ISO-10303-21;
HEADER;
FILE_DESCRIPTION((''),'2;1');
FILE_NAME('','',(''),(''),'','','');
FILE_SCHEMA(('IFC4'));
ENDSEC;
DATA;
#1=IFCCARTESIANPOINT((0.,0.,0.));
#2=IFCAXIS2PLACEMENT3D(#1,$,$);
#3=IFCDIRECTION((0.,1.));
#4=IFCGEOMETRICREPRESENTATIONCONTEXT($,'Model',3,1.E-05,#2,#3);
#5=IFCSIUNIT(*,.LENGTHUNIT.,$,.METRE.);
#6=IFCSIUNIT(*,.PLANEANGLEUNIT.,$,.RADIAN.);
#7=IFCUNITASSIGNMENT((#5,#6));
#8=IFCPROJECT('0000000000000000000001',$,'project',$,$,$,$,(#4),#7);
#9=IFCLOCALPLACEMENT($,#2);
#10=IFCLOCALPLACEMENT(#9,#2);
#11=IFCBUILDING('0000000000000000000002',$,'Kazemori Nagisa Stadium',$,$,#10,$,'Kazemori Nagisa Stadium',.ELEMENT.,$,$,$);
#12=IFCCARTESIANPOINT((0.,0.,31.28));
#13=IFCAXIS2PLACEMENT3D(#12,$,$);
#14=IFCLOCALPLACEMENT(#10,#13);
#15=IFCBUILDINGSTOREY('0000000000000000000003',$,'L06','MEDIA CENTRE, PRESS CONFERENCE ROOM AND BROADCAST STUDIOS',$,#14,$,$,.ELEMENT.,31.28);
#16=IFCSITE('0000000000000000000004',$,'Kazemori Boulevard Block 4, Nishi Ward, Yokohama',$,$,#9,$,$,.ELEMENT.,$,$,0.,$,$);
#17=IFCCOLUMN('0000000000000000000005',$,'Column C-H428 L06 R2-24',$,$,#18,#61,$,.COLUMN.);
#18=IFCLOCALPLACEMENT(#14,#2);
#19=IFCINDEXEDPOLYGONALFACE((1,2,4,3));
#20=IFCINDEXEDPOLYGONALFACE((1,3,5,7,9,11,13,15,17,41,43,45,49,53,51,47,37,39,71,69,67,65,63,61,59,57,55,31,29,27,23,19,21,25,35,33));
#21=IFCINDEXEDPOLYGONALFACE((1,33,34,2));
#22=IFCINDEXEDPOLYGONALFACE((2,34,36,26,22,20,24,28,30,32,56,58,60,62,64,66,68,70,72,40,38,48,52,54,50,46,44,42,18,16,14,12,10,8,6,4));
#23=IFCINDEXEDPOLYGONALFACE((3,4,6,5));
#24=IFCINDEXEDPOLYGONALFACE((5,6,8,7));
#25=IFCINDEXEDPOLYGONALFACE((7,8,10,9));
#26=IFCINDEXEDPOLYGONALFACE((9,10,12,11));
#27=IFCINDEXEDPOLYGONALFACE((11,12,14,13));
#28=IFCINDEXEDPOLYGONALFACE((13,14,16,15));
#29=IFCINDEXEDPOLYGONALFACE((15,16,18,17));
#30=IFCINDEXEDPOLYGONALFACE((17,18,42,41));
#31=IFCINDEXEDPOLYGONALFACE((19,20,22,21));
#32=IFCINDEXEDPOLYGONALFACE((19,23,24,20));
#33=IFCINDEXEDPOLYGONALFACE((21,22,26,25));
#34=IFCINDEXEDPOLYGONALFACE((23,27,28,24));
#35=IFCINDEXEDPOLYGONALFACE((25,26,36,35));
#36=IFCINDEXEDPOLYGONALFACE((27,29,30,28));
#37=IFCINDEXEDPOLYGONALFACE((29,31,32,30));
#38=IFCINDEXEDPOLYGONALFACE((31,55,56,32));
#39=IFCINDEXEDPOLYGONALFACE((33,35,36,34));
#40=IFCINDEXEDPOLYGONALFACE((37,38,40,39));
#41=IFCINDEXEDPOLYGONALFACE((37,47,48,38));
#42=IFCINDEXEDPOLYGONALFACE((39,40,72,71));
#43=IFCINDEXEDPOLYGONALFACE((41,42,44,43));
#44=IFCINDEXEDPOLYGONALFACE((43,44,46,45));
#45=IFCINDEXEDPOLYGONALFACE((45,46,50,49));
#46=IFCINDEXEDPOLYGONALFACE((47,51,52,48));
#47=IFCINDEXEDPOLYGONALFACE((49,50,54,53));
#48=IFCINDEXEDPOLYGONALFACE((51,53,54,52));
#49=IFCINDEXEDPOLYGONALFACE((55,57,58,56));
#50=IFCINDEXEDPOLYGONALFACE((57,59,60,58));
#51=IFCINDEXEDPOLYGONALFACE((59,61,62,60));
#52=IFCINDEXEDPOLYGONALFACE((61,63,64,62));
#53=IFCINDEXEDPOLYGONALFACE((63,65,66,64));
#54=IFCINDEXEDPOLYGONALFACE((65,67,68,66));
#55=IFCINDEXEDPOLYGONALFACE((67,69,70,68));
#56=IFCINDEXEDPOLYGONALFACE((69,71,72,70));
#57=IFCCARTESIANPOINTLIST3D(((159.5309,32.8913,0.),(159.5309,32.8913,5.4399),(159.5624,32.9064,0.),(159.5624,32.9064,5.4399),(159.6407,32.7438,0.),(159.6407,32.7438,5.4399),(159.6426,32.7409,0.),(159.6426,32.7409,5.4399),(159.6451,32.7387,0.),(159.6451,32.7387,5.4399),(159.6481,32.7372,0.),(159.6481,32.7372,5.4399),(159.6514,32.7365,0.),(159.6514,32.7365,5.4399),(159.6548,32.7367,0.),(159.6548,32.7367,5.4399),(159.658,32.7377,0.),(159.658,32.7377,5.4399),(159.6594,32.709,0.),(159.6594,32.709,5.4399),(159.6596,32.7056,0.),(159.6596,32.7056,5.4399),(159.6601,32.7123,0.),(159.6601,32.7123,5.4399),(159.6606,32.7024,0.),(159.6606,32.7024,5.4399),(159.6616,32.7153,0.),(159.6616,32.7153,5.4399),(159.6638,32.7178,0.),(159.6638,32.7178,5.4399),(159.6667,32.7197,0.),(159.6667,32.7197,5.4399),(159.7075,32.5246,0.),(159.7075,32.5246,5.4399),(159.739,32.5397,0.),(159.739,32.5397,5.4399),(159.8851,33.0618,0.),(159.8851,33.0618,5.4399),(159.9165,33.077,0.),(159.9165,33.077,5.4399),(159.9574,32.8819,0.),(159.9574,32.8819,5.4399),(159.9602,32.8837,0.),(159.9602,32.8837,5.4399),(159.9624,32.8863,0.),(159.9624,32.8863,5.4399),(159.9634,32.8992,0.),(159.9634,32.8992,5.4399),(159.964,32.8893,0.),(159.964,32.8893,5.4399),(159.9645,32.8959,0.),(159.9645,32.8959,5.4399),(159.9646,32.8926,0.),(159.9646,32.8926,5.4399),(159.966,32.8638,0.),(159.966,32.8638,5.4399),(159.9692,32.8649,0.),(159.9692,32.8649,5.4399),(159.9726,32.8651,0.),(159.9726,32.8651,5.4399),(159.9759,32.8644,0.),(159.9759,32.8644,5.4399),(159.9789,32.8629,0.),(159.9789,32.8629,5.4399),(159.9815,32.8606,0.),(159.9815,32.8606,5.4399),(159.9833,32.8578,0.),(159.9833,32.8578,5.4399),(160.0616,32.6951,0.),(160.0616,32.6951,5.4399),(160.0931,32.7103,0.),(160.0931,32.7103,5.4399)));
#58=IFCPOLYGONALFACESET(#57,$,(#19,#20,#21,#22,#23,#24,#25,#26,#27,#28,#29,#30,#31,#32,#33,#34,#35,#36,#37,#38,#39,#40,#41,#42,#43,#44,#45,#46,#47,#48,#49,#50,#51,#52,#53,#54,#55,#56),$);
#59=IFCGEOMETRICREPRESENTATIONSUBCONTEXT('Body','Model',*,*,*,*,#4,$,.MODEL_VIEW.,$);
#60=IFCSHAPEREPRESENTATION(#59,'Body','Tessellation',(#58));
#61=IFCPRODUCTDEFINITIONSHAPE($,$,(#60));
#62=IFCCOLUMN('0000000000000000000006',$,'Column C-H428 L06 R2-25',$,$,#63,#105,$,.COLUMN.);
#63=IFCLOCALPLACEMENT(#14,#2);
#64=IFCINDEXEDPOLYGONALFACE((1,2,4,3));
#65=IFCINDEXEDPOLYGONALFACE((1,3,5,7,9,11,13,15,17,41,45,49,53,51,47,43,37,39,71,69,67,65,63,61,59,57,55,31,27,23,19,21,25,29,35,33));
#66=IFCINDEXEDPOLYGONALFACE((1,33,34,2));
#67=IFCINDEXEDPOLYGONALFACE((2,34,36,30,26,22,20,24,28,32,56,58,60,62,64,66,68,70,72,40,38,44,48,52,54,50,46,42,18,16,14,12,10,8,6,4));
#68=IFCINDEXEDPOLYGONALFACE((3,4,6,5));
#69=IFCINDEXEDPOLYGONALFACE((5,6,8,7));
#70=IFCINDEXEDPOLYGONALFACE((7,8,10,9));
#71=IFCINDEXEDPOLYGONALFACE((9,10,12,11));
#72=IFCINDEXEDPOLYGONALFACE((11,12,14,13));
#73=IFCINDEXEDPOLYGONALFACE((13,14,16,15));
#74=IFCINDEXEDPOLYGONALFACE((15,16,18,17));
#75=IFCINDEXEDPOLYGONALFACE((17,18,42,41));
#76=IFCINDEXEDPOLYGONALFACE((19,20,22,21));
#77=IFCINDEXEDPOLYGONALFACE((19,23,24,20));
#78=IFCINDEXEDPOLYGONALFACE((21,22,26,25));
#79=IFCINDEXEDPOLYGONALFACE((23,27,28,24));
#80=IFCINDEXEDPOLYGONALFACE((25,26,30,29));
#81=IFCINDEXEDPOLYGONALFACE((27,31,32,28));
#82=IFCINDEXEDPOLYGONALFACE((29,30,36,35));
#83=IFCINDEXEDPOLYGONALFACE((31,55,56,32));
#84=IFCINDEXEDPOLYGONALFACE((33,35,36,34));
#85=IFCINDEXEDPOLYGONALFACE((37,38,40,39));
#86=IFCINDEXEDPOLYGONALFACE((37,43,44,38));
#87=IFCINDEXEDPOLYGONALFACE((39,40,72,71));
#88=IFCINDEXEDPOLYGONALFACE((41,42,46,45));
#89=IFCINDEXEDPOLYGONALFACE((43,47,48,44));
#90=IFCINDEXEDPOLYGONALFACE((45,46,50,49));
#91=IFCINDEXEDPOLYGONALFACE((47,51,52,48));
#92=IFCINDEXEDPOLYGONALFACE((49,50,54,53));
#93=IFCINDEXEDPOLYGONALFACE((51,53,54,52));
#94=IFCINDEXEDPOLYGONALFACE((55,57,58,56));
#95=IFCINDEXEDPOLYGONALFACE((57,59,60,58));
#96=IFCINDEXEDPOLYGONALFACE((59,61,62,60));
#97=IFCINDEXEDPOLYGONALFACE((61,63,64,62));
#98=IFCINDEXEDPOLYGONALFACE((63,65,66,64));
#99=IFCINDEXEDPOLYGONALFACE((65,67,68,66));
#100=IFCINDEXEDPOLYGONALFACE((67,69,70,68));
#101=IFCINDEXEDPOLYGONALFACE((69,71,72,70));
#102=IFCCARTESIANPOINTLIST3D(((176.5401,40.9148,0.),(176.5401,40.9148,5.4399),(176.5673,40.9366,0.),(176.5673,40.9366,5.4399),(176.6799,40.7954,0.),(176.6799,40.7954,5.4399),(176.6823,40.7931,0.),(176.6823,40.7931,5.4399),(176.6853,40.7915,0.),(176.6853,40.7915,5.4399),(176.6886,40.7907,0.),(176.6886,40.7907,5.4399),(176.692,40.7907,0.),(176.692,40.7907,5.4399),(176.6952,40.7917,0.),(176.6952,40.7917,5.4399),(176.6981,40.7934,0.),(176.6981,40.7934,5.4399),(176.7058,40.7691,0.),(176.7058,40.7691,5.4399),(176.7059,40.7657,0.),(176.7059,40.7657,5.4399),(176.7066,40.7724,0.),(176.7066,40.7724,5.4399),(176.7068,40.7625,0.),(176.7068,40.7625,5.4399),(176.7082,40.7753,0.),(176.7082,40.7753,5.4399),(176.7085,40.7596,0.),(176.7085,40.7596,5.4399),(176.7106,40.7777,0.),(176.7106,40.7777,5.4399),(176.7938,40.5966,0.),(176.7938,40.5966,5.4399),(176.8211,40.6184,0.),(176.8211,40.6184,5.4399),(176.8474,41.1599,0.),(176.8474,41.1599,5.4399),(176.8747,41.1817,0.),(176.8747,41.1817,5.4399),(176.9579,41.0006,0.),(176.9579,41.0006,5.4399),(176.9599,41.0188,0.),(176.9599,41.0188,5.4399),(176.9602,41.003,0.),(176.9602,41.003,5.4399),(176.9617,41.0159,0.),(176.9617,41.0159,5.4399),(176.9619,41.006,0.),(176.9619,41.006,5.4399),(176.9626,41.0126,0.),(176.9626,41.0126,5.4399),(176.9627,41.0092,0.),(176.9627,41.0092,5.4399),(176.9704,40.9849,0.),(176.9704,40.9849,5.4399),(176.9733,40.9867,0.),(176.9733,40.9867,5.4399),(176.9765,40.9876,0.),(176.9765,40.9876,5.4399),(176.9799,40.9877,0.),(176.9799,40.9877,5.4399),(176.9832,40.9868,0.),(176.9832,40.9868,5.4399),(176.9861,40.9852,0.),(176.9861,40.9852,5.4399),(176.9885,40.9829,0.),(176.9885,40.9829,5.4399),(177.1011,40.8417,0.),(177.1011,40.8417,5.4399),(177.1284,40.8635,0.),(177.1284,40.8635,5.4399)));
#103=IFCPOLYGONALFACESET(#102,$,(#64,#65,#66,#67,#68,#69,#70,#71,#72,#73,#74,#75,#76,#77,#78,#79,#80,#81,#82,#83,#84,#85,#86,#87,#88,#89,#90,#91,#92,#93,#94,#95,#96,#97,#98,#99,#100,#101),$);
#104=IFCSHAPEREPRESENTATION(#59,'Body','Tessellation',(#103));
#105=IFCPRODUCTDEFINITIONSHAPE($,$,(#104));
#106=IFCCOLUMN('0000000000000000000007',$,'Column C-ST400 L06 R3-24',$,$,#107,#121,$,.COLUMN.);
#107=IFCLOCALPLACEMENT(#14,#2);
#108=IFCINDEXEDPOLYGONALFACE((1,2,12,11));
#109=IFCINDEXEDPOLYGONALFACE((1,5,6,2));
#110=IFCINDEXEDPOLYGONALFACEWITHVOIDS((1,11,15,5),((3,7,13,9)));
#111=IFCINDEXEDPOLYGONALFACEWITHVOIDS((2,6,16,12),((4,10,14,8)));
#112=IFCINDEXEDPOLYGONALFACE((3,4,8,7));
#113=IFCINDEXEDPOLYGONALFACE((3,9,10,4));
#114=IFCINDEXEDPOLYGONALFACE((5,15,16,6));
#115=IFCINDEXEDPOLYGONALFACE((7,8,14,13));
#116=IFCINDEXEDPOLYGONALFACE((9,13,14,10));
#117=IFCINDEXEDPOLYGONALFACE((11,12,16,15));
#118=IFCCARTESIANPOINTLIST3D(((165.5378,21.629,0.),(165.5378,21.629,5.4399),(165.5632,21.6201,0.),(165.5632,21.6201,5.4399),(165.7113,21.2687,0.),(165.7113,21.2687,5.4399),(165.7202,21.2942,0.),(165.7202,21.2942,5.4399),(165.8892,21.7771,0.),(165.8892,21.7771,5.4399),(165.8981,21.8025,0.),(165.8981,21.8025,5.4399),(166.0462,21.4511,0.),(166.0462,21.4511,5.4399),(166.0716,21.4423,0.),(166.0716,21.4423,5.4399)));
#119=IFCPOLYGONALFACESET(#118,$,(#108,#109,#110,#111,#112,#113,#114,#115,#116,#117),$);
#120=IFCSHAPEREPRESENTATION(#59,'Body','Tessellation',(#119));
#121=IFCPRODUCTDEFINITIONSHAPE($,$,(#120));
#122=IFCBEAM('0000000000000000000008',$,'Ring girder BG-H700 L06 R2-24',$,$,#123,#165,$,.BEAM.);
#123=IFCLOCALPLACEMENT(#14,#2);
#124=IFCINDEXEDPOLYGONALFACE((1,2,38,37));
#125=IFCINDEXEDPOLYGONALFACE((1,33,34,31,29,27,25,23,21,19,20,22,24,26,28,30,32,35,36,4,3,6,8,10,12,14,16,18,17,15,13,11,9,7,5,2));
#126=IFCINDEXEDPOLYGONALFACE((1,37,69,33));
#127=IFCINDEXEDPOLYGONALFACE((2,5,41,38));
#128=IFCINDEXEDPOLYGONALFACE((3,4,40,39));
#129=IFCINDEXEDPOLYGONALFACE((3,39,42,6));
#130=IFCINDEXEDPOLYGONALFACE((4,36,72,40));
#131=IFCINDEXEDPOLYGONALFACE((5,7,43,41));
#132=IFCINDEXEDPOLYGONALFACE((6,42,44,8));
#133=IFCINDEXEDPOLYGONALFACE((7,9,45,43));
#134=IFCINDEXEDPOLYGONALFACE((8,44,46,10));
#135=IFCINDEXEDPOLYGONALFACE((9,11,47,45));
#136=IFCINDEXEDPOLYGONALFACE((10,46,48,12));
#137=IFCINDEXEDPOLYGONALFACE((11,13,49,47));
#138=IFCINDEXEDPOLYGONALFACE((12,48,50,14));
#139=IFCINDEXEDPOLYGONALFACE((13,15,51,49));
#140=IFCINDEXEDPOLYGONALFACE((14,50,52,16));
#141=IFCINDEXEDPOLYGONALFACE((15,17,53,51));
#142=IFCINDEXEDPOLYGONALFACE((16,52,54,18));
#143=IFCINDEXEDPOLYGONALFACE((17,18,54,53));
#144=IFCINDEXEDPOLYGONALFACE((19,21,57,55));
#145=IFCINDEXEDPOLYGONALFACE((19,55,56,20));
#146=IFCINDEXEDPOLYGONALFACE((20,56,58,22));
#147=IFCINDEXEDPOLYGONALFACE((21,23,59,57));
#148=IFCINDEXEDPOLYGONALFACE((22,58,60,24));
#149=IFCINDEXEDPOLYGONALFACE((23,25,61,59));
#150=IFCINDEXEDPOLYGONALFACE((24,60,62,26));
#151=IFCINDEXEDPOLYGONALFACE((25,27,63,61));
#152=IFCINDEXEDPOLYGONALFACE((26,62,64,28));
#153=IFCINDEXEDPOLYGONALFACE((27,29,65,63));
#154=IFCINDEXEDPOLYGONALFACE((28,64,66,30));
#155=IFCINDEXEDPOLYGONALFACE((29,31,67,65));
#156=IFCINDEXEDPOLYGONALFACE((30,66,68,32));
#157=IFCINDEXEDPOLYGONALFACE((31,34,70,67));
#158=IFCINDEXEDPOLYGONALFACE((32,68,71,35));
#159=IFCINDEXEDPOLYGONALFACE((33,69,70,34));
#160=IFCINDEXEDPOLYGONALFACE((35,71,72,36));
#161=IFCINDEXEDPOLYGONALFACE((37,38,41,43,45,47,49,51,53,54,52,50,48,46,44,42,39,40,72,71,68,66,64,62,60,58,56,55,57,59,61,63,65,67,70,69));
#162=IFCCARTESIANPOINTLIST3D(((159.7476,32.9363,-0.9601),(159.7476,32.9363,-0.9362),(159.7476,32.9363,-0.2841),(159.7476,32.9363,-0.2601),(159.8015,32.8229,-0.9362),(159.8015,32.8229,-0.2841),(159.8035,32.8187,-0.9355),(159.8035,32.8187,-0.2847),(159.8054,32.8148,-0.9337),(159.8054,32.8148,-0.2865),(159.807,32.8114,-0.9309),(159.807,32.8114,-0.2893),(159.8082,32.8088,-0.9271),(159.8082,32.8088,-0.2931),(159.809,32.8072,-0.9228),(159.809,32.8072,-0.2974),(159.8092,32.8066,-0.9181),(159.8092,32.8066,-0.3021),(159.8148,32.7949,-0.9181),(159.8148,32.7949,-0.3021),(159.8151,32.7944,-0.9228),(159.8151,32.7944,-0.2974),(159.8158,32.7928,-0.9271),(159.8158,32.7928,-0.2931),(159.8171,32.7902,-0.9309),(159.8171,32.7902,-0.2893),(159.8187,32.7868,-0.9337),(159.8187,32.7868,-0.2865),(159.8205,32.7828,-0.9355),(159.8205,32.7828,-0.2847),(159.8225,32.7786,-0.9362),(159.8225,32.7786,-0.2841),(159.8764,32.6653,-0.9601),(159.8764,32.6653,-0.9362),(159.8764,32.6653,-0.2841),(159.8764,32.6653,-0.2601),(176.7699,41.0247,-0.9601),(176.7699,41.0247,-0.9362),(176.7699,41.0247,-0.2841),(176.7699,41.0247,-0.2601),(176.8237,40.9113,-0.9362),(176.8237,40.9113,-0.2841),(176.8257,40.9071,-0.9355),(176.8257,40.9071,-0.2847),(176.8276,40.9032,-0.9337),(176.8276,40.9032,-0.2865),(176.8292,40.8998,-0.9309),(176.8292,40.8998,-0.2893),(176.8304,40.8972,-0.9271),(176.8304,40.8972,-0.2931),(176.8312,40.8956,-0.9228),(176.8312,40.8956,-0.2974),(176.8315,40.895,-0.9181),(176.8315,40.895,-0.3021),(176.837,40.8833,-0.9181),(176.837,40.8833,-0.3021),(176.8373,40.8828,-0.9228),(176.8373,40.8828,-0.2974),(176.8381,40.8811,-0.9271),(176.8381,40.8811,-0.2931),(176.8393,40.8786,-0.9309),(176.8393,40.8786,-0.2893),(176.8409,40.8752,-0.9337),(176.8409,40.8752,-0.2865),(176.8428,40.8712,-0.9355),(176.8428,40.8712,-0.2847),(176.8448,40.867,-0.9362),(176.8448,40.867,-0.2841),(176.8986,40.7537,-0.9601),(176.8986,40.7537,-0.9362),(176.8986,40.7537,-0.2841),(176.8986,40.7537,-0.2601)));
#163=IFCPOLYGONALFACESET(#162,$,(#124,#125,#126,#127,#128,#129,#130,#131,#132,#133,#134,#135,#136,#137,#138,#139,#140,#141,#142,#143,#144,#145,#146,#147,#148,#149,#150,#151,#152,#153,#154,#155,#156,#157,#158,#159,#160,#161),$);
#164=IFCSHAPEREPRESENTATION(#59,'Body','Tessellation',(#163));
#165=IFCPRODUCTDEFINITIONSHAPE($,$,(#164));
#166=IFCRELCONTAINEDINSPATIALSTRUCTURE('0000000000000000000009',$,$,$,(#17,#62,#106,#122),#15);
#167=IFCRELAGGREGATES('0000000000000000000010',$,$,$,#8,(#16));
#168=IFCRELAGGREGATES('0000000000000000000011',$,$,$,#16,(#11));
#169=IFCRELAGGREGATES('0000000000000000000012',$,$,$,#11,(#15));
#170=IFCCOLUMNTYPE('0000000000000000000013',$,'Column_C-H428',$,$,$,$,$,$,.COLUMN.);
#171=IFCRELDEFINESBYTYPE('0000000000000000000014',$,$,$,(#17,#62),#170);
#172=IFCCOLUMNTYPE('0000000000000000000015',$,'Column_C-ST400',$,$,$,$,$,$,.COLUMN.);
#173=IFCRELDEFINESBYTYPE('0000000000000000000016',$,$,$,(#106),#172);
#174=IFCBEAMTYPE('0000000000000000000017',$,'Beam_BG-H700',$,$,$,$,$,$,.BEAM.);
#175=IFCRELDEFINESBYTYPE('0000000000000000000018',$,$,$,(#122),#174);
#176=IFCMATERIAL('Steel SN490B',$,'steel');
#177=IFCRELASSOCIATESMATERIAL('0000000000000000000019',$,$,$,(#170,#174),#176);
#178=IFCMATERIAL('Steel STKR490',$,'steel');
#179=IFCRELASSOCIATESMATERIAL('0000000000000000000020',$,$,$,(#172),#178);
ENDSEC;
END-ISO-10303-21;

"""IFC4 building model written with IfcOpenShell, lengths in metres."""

from ifc_helpers import new_model, si_unit, direction, frame, origin, origin_2d, place, context, subcontext, project, spatial, hollow_rectangle, i_section, extrude, material, material_profile, profile_set, type_object, element, save


model = new_model("IFC4")

# Units and contexts
model_context = context("Model", 3, precision=1e-05, world=origin(), true_north=direction((0.0, 1.0)))
body_context = subcontext(model_context, "Body", "Model", "MODEL_VIEW")
ifc_project = project(units=[si_unit("LENGTHUNIT", "METRE"), si_unit("PLANEANGLEUNIT", "RADIAN")], contexts=[model_context])

# Site, building, storey
site_placement = place(None, origin())
site = spatial("IfcSite", under=ifc_project, at=site_placement, Name="Kazemori Boulevard Block 4, Nishi Ward, Yokohama", CompositionType="ELEMENT", RefElevation=0.0)
building_placement = place(site_placement, origin())
building = spatial("IfcBuilding", under=site, at=building_placement, Name="Kazemori Nagisa Stadium", LongName="Kazemori Nagisa Stadium", CompositionType="ELEMENT")
storey_placement = place(building_placement, frame((0.0, 0.0, 31.28)))
storey = spatial("IfcBuildingStorey", under=building, at=storey_placement, Name="L06", Description="MEDIA CENTRE, PRESS CONFERENCE ROOM AND BROADCAST STUDIOS", CompositionType="ELEMENT", Elevation=31.28)

# Columns
ifc_material_1 = material(Name="Steel SN490B", Category="steel")
ifc_material_profile_1 = material_profile(ifc_material_1, i_section(OverallWidth=0.407, OverallDepth=0.428, WebThickness=0.02, FlangeThickness=0.0349, FilletRadius=0.0129, at=origin_2d()), Name="H-428x407x20x35")
ifc_profile_set_1 = profile_set([ifc_material_profile_1], Name="Steel SN490B")
column_type_1 = type_object("IfcColumnType", Name="Column_C-H428", PredefinedType="COLUMN", material=ifc_profile_set_1)
for number, where, z_axis, x_axis, name in (
    (1, (159.812, 32.8008, 0.0), (0.0, 0.0, 1.0), (0.433884, -0.900969, 0.0), "Column C-H428 L06 R2-24"),
    (2, (176.8342, 40.8892, 0.0), (0.0, 0.0, 1.0), (0.62349, -0.781831, 0.0), "Column C-H428 L06 R2-25"),
):
    element("IfcColumn", number, at=place(storey_placement, frame(where, z_axis=z_axis, x_axis=x_axis)), inside=storey, type_object=column_type_1, Name=name, PredefinedType="COLUMN", context=body_context, shape_type="SweptSolid", body=[
        extrude(i_section(OverallWidth=0.407, OverallDepth=0.428, WebThickness=0.02, FlangeThickness=0.0349, FilletRadius=0.0129, at=origin_2d()), origin(), (0.0, 0.0, 1.0), 5.4399),
    ])
ifc_material_2 = material(Name="Steel STKR490", Category="steel")
ifc_material_profile_2 = material_profile(ifc_material_2, hollow_rectangle(XDim=0.3999, YDim=0.3999, WallThickness=0.019, at=origin_2d()), Name="SHS-400x400x19")
ifc_profile_set_2 = profile_set([ifc_material_profile_2], Name="Steel STKR490")
column_type_2 = type_object("IfcColumnType", Name="Column_C-ST400", PredefinedType="COLUMN", material=ifc_profile_set_2)
column_placement = place(storey_placement, frame((165.8047, 21.5356, 0.0), z_axis=(0.0, 0.0, 1.0), x_axis=(0.433884, -0.900969, 0.0)))
element("IfcColumn", 3, at=column_placement, inside=storey, type_object=column_type_2, Name="Column C-ST400 L06 R3-24", PredefinedType="COLUMN", context=body_context, shape_type="SweptSolid", body=[
    extrude(hollow_rectangle(XDim=0.3999, YDim=0.3999, WallThickness=0.019, at=origin_2d()), origin(), (0.0, 0.0, 1.0), 5.4399),
])

# Beam
ifc_material_profile_3 = material_profile(ifc_material_1, i_section(OverallWidth=0.3, OverallDepth=0.7, WebThickness=0.0129, FlangeThickness=0.0239, FilletRadius=0.0181, at=origin_2d()), Name="H-700x300x13x24")
ifc_profile_set_3 = profile_set([ifc_material_profile_3], Name="Steel SN490B")
beam_type_1 = type_object("IfcBeamType", Name="Beam_BG-H700", PredefinedType="BEAM", material=ifc_profile_set_3)
beam_1_placement = place(storey_placement, frame((159.812, 32.8008, -0.6101), z_axis=(0.903219, 0.429179, 0.0), x_axis=(-0.429179, 0.903219, 0.0)))
element("IfcBeam", 4, at=beam_1_placement, inside=storey, type_object=beam_type_1, Name="Ring girder BG-H700 L06 R2-24", PredefinedType="BEAM", context=body_context, shape_type="SweptSolid", body=[
    extrude(i_section(OverallWidth=0.3, OverallDepth=0.7, WebThickness=0.0129, FlangeThickness=0.0239, FilletRadius=0.0181, at=origin_2d()), origin(), (0.0, 0.0, 1.0), 18.8462),
])

save(model, "model.ifc")
